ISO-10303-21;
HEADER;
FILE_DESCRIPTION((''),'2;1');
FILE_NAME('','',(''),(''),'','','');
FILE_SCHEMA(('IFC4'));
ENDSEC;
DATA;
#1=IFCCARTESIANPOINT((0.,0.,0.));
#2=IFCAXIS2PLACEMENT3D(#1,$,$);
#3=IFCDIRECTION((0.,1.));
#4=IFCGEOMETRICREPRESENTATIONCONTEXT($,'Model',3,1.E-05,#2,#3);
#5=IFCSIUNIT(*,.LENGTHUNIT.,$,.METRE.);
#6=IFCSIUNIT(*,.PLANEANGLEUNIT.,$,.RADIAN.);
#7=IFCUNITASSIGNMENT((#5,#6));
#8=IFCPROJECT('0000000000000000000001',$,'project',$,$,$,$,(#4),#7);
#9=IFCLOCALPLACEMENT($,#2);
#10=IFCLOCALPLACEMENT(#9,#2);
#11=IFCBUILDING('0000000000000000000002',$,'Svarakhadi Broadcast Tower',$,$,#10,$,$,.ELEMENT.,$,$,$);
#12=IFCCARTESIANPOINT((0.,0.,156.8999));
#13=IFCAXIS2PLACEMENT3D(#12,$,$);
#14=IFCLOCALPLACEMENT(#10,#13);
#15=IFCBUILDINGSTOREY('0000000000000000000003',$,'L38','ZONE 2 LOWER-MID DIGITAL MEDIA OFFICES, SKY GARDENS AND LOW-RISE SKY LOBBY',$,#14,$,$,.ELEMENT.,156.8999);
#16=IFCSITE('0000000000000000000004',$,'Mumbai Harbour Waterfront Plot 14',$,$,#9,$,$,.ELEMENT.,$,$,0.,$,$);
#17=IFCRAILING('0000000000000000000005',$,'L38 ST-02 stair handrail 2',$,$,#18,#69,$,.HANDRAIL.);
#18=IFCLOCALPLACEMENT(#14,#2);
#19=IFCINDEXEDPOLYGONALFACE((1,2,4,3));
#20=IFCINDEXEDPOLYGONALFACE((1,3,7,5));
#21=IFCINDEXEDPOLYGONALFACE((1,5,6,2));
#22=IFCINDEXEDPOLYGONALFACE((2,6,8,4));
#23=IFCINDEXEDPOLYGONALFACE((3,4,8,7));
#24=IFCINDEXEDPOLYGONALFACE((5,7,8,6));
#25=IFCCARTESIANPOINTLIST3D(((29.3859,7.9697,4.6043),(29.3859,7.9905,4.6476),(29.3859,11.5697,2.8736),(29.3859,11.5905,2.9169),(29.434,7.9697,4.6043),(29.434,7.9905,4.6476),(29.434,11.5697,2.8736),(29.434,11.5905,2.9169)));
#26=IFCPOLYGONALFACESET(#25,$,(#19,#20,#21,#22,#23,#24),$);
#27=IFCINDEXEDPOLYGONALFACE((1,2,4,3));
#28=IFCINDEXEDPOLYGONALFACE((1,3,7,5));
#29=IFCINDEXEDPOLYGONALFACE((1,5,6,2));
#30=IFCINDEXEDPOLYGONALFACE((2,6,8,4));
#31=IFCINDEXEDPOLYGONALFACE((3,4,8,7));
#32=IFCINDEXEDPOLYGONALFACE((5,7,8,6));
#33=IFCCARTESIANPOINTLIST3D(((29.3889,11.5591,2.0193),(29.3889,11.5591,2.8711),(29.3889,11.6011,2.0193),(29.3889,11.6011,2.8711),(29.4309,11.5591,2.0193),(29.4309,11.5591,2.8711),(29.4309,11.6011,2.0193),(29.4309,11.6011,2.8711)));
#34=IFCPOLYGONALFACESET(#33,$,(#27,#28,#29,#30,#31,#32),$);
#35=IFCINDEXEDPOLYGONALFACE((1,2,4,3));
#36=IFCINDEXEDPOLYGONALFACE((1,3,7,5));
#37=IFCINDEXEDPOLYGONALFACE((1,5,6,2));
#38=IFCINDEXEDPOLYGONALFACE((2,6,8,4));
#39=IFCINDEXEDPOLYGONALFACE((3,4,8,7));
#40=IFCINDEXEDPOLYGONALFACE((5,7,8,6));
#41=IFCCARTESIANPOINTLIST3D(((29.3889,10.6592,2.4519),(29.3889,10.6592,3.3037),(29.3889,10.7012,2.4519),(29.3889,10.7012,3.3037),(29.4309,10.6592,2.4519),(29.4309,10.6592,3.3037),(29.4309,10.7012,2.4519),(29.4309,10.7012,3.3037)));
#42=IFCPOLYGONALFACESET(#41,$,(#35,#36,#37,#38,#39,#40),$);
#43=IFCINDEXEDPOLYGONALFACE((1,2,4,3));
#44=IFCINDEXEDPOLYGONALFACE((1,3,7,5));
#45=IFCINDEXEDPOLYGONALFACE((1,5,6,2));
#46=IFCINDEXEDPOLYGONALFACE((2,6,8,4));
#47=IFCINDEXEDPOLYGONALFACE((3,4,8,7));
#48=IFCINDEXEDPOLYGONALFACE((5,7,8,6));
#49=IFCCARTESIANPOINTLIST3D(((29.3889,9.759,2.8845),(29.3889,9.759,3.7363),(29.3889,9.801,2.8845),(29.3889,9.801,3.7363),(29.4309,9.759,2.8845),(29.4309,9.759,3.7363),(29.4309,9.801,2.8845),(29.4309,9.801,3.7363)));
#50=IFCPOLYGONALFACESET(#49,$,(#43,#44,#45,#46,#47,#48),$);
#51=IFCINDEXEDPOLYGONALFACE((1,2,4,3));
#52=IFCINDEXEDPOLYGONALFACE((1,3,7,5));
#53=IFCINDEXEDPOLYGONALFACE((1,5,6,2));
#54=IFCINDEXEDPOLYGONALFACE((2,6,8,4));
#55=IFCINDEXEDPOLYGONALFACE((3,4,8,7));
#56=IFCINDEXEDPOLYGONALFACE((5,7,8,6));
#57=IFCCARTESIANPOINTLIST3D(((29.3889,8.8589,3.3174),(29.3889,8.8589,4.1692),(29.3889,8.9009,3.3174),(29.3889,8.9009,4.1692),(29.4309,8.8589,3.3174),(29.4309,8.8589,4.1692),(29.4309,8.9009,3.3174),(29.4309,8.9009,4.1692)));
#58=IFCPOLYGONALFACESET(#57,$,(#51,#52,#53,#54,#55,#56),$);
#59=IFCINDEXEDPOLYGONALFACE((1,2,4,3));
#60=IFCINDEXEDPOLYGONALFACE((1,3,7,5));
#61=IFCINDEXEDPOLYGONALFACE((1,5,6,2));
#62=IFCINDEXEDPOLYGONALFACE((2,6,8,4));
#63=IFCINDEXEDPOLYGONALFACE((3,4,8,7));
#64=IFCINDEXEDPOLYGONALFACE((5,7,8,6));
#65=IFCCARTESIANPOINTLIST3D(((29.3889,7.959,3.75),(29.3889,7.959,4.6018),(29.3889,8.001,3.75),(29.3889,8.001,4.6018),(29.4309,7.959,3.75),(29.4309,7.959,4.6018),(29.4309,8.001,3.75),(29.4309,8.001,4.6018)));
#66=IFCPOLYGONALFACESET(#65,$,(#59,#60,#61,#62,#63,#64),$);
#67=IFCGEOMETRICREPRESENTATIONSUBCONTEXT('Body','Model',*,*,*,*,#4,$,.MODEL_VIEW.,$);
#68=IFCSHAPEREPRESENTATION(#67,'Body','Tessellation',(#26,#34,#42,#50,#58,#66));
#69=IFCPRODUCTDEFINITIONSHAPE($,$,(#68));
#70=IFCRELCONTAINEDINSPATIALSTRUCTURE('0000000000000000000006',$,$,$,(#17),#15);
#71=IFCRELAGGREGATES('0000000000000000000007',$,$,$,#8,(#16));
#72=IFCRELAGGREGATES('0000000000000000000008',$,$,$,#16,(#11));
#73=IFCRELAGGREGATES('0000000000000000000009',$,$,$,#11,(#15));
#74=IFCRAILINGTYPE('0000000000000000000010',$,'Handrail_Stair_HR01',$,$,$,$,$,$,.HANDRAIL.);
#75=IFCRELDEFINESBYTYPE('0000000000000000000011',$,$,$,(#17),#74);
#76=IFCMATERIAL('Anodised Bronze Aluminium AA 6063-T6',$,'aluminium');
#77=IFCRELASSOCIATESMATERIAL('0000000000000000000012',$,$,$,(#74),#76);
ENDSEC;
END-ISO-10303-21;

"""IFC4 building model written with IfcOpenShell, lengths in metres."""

from ifc_helpers import new_model, si_unit, direction, frame, origin, origin_2d, place, context, subcontext, project, spatial, rectangle, extrude, material, type_object, element, save


model = new_model("IFC4")

# Units and contexts
model_context = context("Model", 3, precision=1e-05, world=origin(), true_north=direction((0.0, 1.0)))
body_context = subcontext(model_context, "Body", "Model", "MODEL_VIEW")
ifc_project = project(units=[si_unit("LENGTHUNIT", "METRE"), si_unit("PLANEANGLEUNIT", "RADIAN")], contexts=[model_context])

# Site, building, storey
site_placement = place(None, origin())
site = spatial("IfcSite", under=ifc_project, at=site_placement, Name="Mumbai Harbour Waterfront Plot 14", CompositionType="ELEMENT", RefElevation=0.0)
building_placement = place(site_placement, origin())
building = spatial("IfcBuilding", under=site, at=building_placement, Name="Svarakhadi Broadcast Tower", CompositionType="ELEMENT")
storey_placement = place(building_placement, frame((0.0, 0.0, 156.8999)))
storey = spatial("IfcBuildingStorey", under=building, at=storey_placement, Name="L38", Description="ZONE 2 LOWER-MID DIGITAL MEDIA OFFICES, SKY GARDENS AND LOW-RISE SKY LOBBY", CompositionType="ELEMENT", Elevation=156.8999)

# Shared definitions
ifc_material_1 = material(Name="Anodised Bronze Aluminium AA 6063-T6", Category="aluminium")

# Railing
railing_type_1 = type_object("IfcRailingType", Name="Handrail_Stair_HR01", PredefinedType="HANDRAIL", material=ifc_material_1)
railing_1_placement = place(storey_placement, frame((29.4099, 11.5801, 2.0193)))
element("IfcRailing", 1, at=railing_1_placement, inside=storey, type_object=railing_type_1, Name="L38 ST-02 stair handrail 2", PredefinedType="HANDRAIL", context=body_context, shape_type="SweptSolid", body=[
    extrude(rectangle(XDim=0.0481, YDim=0.0481, at=origin_2d()), frame((0.0, 0.0, 0.876), z_axis=(0.0, -0.901263, 0.433273), x_axis=(1.0, 0.0, 0.0)), (0.0, 0.0, 1.0), 3.9944),
    extrude(rectangle(XDim=0.042, YDim=0.042, at=origin_2d()), origin(), (0.0, 0.0, 1.0), 0.8518),
    extrude(rectangle(XDim=0.042, YDim=0.042, at=origin_2d()), frame((0.0, -0.8999, 0.4326)), (0.0, 0.0, 1.0), 0.8518),
    extrude(rectangle(XDim=0.042, YDim=0.042, at=origin_2d()), frame((0.0, -1.8, 0.8652)), (0.0, 0.0, 1.0), 0.8518),
    extrude(rectangle(XDim=0.042, YDim=0.042, at=origin_2d()), frame((0.0, -2.7002, 1.2981)), (0.0, 0.0, 1.0), 0.8518),
    extrude(rectangle(XDim=0.042, YDim=0.042, at=origin_2d()), frame((0.0, -3.6001, 1.7307)), (0.0, 0.0, 1.0), 0.8518),
])

save(model, "model.ifc")
